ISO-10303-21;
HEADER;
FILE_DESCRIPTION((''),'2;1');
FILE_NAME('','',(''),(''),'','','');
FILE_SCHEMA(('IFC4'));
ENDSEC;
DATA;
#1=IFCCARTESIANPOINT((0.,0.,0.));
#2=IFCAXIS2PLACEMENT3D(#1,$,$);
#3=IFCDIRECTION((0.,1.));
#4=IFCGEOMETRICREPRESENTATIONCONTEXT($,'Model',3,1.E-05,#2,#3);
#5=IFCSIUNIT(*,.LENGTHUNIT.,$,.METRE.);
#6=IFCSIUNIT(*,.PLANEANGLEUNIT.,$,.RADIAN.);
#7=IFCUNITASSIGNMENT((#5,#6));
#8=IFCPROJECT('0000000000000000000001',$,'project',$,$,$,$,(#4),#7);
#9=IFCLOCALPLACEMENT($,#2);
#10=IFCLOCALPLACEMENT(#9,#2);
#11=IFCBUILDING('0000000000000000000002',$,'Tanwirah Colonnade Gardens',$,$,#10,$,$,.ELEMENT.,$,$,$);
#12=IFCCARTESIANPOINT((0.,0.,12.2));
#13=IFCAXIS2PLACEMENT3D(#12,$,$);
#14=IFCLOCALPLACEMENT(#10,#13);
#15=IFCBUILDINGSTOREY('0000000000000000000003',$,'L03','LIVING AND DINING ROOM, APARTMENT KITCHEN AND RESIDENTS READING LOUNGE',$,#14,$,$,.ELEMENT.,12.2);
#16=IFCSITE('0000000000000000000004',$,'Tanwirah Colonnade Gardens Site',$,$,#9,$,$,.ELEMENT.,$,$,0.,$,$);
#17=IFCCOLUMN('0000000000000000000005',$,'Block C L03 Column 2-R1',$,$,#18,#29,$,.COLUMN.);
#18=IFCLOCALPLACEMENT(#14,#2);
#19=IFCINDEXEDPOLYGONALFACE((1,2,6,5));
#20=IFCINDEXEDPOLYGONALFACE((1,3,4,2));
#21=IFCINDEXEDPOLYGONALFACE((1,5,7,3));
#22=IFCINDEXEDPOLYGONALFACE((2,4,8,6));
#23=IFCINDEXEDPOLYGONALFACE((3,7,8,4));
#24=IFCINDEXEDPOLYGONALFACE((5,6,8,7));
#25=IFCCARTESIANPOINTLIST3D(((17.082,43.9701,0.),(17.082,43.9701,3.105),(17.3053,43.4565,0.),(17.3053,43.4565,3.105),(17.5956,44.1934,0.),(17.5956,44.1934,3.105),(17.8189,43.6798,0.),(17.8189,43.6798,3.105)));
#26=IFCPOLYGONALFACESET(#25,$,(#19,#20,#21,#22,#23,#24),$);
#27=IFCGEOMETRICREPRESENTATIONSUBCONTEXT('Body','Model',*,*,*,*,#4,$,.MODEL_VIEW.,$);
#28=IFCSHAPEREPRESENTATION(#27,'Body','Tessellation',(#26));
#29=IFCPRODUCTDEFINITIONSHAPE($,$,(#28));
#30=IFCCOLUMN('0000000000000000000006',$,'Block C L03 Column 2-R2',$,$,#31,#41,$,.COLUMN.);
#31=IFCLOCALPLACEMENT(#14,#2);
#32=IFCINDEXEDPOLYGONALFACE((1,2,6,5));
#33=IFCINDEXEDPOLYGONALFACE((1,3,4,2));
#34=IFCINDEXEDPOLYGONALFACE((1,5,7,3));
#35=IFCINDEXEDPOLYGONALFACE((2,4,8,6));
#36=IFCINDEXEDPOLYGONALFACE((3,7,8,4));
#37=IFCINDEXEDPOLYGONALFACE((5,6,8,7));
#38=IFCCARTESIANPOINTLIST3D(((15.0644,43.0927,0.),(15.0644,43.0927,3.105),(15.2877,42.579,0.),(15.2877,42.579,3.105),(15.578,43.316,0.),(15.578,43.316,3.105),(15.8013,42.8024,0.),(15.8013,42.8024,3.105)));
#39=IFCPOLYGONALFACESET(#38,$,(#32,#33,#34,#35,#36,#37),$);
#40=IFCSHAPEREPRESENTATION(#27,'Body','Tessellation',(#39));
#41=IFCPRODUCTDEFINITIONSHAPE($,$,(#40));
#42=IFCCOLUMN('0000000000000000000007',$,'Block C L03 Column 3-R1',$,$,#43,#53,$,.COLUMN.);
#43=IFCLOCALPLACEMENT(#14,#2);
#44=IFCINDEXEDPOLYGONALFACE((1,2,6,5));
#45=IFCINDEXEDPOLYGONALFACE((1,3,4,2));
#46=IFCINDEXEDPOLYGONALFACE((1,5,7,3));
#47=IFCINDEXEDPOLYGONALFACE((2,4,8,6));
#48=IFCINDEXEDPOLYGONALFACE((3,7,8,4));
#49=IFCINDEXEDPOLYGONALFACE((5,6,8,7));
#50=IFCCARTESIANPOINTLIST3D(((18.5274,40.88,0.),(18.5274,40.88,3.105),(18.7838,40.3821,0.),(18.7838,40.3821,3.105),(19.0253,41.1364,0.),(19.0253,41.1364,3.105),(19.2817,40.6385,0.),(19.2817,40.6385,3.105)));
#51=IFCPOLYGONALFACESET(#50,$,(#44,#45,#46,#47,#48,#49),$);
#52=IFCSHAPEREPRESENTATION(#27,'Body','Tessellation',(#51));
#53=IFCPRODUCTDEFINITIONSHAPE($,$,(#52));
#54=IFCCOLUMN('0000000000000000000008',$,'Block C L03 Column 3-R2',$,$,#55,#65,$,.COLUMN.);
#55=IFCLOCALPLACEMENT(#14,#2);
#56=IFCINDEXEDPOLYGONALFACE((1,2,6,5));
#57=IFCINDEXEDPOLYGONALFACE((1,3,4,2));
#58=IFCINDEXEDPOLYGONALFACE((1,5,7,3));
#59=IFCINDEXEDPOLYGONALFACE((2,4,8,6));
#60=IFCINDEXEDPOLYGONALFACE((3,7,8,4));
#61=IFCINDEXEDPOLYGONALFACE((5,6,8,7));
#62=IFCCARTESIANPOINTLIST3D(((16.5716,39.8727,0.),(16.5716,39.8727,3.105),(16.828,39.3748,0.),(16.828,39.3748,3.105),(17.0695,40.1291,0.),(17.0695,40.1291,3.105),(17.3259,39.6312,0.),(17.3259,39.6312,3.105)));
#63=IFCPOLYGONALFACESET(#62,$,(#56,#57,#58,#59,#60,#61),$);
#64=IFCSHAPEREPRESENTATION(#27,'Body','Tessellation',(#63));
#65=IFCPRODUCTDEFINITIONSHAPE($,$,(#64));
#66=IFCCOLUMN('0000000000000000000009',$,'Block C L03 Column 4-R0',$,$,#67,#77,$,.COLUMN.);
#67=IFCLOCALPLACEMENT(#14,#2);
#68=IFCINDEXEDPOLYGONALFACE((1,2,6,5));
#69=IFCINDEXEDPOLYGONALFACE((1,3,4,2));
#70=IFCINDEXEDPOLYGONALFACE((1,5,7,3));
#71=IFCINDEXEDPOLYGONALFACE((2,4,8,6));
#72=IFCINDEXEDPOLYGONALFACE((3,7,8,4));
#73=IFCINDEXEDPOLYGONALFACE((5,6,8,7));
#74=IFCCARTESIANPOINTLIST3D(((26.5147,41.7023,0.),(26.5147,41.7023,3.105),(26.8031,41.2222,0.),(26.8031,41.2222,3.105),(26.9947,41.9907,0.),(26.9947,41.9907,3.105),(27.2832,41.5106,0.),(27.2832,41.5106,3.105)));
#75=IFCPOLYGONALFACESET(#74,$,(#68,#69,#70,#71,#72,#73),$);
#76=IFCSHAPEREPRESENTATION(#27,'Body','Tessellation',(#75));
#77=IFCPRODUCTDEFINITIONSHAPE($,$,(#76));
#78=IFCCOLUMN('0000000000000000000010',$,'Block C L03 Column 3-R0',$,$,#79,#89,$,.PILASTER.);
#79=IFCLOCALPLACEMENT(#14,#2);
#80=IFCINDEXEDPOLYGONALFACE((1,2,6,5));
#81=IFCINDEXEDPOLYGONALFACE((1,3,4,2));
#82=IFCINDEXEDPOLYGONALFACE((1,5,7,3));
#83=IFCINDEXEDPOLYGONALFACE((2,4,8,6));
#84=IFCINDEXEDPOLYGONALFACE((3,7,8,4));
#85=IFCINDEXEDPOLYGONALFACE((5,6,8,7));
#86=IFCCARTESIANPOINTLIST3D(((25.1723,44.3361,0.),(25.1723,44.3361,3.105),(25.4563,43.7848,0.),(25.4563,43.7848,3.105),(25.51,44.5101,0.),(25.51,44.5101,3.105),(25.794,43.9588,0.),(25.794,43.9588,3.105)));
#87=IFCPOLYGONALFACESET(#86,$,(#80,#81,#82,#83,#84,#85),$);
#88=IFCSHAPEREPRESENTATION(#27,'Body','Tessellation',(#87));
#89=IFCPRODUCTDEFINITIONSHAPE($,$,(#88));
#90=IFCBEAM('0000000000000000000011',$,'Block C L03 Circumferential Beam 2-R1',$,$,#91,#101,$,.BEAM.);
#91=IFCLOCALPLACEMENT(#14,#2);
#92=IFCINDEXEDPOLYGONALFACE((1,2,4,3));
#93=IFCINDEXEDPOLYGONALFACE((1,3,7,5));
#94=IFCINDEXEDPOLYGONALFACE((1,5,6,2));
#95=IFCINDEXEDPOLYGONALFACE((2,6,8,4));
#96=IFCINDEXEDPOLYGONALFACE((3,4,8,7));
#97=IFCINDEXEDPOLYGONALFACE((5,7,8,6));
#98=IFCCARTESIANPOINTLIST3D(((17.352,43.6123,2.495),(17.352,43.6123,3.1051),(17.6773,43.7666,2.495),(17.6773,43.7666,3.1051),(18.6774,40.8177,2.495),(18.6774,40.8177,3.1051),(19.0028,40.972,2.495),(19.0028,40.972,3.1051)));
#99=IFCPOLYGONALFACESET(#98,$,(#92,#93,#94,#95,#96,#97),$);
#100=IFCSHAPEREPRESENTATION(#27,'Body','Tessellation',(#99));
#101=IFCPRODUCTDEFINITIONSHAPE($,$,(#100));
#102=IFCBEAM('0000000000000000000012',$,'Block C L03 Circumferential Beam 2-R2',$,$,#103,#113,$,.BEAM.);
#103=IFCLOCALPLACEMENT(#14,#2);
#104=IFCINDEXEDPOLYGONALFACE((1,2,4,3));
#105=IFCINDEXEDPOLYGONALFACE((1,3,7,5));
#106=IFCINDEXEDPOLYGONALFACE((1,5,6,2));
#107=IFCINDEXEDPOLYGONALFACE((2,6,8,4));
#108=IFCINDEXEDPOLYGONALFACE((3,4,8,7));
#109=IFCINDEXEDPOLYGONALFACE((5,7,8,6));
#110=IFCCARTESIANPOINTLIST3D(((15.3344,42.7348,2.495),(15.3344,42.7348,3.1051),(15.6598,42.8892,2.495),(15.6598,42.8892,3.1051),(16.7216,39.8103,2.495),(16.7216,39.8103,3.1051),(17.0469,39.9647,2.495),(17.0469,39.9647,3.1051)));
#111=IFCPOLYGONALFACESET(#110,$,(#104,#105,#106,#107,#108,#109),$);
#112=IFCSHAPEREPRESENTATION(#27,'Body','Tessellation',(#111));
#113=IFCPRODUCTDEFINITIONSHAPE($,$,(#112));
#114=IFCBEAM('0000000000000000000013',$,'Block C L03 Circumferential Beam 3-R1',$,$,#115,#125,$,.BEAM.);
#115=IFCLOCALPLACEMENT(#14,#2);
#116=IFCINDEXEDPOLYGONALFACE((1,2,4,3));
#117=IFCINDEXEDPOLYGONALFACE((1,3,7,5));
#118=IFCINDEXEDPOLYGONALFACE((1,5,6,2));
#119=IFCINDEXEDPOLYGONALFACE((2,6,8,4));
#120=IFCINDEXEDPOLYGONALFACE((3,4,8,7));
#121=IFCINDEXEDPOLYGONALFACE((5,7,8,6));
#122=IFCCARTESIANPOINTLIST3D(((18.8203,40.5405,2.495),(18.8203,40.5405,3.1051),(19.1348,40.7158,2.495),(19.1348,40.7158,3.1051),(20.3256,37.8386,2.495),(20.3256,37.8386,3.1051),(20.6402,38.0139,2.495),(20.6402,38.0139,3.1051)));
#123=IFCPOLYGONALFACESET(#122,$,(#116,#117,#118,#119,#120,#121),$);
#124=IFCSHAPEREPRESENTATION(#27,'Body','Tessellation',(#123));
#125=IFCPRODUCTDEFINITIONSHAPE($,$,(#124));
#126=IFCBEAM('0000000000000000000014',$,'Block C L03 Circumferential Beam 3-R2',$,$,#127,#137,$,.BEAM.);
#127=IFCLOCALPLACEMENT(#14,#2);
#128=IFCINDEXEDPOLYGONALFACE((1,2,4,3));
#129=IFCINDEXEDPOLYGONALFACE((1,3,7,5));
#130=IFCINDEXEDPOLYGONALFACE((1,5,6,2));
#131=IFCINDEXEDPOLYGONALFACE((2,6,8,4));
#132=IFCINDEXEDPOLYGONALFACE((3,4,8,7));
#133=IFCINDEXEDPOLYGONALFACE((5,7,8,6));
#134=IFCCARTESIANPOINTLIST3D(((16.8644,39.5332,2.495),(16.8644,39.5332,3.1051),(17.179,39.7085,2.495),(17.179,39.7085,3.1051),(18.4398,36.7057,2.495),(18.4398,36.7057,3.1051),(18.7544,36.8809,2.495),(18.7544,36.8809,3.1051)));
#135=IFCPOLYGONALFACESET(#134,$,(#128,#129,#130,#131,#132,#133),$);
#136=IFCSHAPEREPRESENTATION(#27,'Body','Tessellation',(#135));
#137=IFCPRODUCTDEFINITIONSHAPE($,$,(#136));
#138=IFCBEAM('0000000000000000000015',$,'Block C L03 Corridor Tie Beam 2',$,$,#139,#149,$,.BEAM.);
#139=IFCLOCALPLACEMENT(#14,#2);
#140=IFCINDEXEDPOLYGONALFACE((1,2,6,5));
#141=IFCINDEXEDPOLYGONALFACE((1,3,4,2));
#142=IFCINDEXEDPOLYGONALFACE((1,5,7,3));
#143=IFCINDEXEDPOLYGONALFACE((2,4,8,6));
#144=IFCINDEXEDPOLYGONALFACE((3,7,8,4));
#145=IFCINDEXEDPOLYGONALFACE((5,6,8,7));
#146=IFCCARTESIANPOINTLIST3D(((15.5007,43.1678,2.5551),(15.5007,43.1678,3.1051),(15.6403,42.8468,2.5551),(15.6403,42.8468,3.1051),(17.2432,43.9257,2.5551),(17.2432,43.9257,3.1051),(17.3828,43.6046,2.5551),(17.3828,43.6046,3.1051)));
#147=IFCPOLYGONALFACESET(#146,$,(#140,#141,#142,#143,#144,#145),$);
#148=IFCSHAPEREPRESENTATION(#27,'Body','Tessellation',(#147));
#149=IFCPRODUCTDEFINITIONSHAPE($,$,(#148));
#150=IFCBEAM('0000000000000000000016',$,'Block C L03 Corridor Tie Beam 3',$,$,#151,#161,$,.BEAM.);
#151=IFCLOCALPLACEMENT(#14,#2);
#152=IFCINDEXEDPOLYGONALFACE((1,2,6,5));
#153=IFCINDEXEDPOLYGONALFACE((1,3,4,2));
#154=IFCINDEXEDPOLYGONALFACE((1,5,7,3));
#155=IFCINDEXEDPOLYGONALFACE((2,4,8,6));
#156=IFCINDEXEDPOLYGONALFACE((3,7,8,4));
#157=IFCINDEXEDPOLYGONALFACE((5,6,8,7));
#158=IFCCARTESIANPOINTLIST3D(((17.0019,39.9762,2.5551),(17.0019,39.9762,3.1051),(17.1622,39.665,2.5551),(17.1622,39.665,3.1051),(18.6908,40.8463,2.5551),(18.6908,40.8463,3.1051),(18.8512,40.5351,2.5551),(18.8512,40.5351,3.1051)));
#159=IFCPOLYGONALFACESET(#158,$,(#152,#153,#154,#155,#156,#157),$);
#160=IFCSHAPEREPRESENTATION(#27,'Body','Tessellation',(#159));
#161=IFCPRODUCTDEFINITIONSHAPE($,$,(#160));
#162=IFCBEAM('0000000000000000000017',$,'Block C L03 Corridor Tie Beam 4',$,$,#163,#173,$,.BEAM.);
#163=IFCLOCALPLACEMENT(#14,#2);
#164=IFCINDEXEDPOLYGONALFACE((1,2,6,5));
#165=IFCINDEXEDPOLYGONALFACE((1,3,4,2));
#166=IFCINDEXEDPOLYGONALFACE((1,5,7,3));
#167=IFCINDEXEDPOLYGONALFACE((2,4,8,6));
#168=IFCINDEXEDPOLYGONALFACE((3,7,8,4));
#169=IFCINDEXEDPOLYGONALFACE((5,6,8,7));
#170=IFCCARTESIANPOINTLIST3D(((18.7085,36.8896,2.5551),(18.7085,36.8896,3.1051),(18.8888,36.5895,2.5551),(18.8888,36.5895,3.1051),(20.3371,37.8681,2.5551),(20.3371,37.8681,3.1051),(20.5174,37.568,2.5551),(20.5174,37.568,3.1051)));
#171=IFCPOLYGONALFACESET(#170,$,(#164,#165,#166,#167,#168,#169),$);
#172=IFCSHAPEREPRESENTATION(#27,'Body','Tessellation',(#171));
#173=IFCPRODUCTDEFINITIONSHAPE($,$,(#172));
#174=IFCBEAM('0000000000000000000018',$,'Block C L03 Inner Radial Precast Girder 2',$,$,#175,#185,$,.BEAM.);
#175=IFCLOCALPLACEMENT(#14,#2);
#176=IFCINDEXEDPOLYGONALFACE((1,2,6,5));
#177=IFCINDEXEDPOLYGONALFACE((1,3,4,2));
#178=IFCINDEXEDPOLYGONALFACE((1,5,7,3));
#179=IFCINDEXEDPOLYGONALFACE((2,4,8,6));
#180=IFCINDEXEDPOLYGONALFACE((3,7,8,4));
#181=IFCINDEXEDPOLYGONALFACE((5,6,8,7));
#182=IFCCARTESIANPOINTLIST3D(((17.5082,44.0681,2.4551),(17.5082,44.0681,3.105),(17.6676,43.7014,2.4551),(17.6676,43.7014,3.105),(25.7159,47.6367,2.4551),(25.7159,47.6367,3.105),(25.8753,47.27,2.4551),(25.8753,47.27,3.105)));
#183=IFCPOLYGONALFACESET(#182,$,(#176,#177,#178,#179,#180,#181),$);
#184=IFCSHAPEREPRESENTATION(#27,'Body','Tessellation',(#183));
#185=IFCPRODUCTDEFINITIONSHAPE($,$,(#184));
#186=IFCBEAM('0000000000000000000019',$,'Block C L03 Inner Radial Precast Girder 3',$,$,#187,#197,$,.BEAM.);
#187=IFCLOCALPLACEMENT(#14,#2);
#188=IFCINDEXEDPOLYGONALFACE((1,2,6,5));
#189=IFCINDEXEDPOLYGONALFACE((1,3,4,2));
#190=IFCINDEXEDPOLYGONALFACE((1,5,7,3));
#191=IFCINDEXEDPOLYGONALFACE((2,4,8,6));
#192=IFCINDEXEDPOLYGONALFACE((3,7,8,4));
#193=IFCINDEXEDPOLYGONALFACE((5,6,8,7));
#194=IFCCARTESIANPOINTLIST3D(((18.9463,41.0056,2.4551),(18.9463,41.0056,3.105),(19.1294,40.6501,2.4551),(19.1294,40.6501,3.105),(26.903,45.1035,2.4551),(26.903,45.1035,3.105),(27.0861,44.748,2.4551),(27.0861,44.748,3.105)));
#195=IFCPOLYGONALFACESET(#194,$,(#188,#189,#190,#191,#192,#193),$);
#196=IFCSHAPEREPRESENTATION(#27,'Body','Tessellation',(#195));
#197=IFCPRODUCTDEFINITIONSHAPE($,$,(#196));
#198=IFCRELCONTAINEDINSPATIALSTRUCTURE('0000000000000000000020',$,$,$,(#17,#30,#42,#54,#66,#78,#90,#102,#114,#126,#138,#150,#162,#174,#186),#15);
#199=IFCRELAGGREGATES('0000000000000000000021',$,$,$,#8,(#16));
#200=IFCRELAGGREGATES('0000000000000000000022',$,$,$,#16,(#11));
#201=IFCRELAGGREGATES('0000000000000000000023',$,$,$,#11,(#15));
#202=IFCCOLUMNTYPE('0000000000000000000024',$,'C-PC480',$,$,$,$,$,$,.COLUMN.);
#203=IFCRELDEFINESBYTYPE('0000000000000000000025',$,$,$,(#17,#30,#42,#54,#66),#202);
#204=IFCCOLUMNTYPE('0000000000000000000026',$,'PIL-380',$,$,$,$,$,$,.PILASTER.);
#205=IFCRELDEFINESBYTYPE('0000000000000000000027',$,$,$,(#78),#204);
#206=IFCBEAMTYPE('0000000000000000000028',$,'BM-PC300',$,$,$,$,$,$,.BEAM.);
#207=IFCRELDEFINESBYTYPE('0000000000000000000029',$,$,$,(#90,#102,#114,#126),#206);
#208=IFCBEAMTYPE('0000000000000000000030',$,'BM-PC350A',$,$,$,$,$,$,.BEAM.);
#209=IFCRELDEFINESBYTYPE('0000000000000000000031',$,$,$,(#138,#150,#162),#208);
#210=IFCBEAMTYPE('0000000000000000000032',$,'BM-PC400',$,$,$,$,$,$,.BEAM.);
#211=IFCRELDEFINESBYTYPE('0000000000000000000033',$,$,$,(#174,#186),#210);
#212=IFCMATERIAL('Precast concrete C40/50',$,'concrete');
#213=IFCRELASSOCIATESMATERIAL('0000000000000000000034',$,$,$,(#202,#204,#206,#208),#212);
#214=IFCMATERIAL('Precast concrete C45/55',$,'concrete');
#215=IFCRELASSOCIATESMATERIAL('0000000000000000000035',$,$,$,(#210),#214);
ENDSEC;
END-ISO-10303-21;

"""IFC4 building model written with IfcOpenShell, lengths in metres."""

from ifc_helpers import new_model, si_unit, direction, frame, origin, origin_2d, place, context, subcontext, project, spatial, rectangle, extrude, material, material_profile, profile_set, type_object, element, save


model = new_model("IFC4")

# Units and contexts
model_context = context("Model", 3, precision=1e-05, world=origin(), true_north=direction((0.0, 1.0)))
body_context = subcontext(model_context, "Body", "Model", "MODEL_VIEW")
ifc_project = project(units=[si_unit("LENGTHUNIT", "METRE"), si_unit("PLANEANGLEUNIT", "RADIAN")], contexts=[model_context])

# Site, building, storey
site_placement = place(None, origin())
site = spatial("IfcSite", under=ifc_project, at=site_placement, Name="Tanwirah Colonnade Gardens Site", CompositionType="ELEMENT", RefElevation=0.0)
building_placement = place(site_placement, origin())
building = spatial("IfcBuilding", under=site, at=building_placement, Name="Tanwirah Colonnade Gardens", CompositionType="ELEMENT")
storey_placement = place(building_placement, frame((0.0, 0.0, 12.2)))
storey = spatial("IfcBuildingStorey", under=building, at=storey_placement, Name="L03", Description="LIVING AND DINING ROOM, APARTMENT KITCHEN AND RESIDENTS READING LOUNGE", CompositionType="ELEMENT", Elevation=12.2)

# Columns
ifc_material_1 = material(Name="Precast concrete C40/50", Category="concrete")
ifc_material_profile_1 = material_profile(ifc_material_1, rectangle(XDim=0.5601, YDim=0.5601, at=origin_2d()), Name="PC-COL 560x560")
ifc_profile_set_1 = profile_set([ifc_material_profile_1], Name="Precast concrete C40/50")
column_type_1 = type_object("IfcColumnType", Name="C-PC480", PredefinedType="COLUMN", material=ifc_profile_set_1)
for number, where, z_axis, x_axis, name in (
    (1, (17.4504, 43.825, 0.0), (0.0, 0.0, 1.0), (-0.91706, -0.398749, 0.0), "Block C L03 Column 2-R1"),
    (2, (15.4329, 42.9475, 0.0), (0.0, 0.0, 1.0), (-0.91706, -0.398749, 0.0), "Block C L03 Column 2-R2"),
    (3, (18.9045, 40.7593, 0.0), (0.0, 0.0, 1.0), (-0.889017, -0.457874, 0.0), "Block C L03 Column 3-R1"),
    (4, (16.9487, 39.752, 0.0), (0.0, 0.0, 1.0), (-0.889017, -0.457874, 0.0), "Block C L03 Column 3-R2"),
    (5, (26.8989, 41.6064, 0.0), (0.0, 0.0, 1.0), (-0.857167, -0.515038, 0.0), "Block C L03 Column 4-R0"),
):
    element("IfcColumn", number, at=place(storey_placement, frame(where, z_axis=z_axis, x_axis=x_axis)), inside=storey, type_object=column_type_1, Name=name, PredefinedType="COLUMN", context=body_context, shape_type="SweptSolid", body=[
        extrude(rectangle(XDim=0.5601, YDim=0.5601, at=origin_2d()), origin(), (0.0, 0.0, 1.0), 3.105),
    ])
ifc_material_profile_2 = material_profile(ifc_material_1, rectangle(XDim=0.3799, YDim=0.6201, at=origin_2d()), Name="PC-PIL 380x620")
ifc_profile_set_2 = profile_set([ifc_material_profile_2], Name="Precast concrete C40/50")
column_type_2 = type_object("IfcColumnType", Name="PIL-380", PredefinedType="PILASTER", material=ifc_profile_set_2)
column_placement = place(storey_placement, frame((25.4832, 44.1475, 0.0), z_axis=(0.0, 0.0, 1.0), x_axis=(-0.889017, -0.457874, 0.0)))
element("IfcColumn", 6, at=column_placement, inside=storey, type_object=column_type_2, Name="Block C L03 Column 3-R0", PredefinedType="PILASTER", context=body_context, shape_type="SweptSolid", body=[
    extrude(rectangle(XDim=0.3799, YDim=0.6201, at=origin_2d()), origin(), (0.0, 0.0, 1.0), 3.105),
])

# Beams
ifc_material_profile_3 = material_profile(ifc_material_1, rectangle(XDim=0.3601, YDim=0.6101, at=origin_2d()), Name="PC-BM 360x610")
ifc_profile_set_3 = profile_set([ifc_material_profile_3], Name="Precast concrete C40/50")
beam_type_1 = type_object("IfcBeamType", Name="BM-PC300", PredefinedType="BEAM", material=ifc_profile_set_3)
beam_1_placement = place(storey_placement, frame((17.5146, 43.6895, 2.8), z_axis=(0.428521, -0.903532, 0.0), x_axis=(0.903532, 0.428521, 0.0)))
element("IfcBeam", 7, at=beam_1_placement, inside=storey, type_object=beam_type_1, Name="Block C L03 Circumferential Beam 2-R1", PredefinedType="BEAM", context=body_context, shape_type="SweptSolid", body=[
    extrude(rectangle(XDim=0.3601, YDim=0.6101, at=origin_2d()), origin(), (0.0, 0.0, 1.0), 3.093),
])
beam_2_placement = place(storey_placement, frame((15.4971, 42.812, 2.8), z_axis=(0.428563, -0.903512, 0.0), x_axis=(0.903512, 0.428563, 0.0)))
element("IfcBeam", 8, at=beam_2_placement, inside=storey, type_object=beam_type_1, Name="Block C L03 Circumferential Beam 2-R2", PredefinedType="BEAM", context=body_context, shape_type="SweptSolid", body=[
    extrude(rectangle(XDim=0.3601, YDim=0.6101, at=origin_2d()), origin(), (0.0, 0.0, 1.0), 3.2368),
])
beam_3_placement = place(storey_placement, frame((18.9775, 40.6282, 2.8), z_axis=(0.486708, -0.873565, 0.0), x_axis=(0.873565, 0.486708, 0.0)))
element("IfcBeam", 9, at=beam_3_placement, inside=storey, type_object=beam_type_1, Name="Block C L03 Circumferential Beam 3-R1", PredefinedType="BEAM", context=body_context, shape_type="SweptSolid", body=[
    extrude(rectangle(XDim=0.3601, YDim=0.6101, at=origin_2d()), origin(), (0.0, 0.0, 1.0), 3.093),
])
beam_4_placement = place(storey_placement, frame((17.0217, 39.6208, 2.8), z_axis=(0.486712, -0.873562, 0.0), x_axis=(0.873562, 0.486712, 0.0)))
element("IfcBeam", 10, at=beam_4_placement, inside=storey, type_object=beam_type_1, Name="Block C L03 Circumferential Beam 3-R2", PredefinedType="BEAM", context=body_context, shape_type="SweptSolid", body=[
    extrude(rectangle(XDim=0.3601, YDim=0.6101, at=origin_2d()), origin(), (0.0, 0.0, 1.0), 3.2368),
])
ifc_material_profile_4 = material_profile(ifc_material_1, rectangle(XDim=0.3501, YDim=0.55, at=origin_2d()), Name="PC-BM 350x550")
ifc_profile_set_4 = profile_set([ifc_material_profile_4], Name="Precast concrete C40/50")
beam_type_2 = type_object("IfcBeamType", Name="BM-PC350A", PredefinedType="BEAM", material=ifc_profile_set_4)
beam_5_placement = place(storey_placement, frame((17.313, 43.7651, 2.8301), z_axis=(-0.917025, -0.398829, 0.0), x_axis=(0.398829, -0.917025, 0.0)))
element("IfcBeam", 11, at=beam_5_placement, inside=storey, type_object=beam_type_2, Name="Block C L03 Corridor Tie Beam 2", PredefinedType="BEAM", context=body_context, shape_type="SweptSolid", body=[
    extrude(rectangle(XDim=0.3501, YDim=0.55, at=origin_2d()), origin(), (0.0, 0.0, 1.0), 1.9001),
])
for number, where, z_axis, x_axis, name in (
    (12, (18.771, 40.6907, 2.8301), (-0.888965, -0.457975, 0.0), (0.457975, -0.888965, 0.0), "Block C L03 Corridor Tie Beam 3"),
    (13, (20.4272, 37.718, 2.8301), (-0.857187, -0.515006, 0.0), (0.515006, -0.857187, 0.0), "Block C L03 Corridor Tie Beam 4"),
):
    element("IfcBeam", number, at=place(storey_placement, frame(where, z_axis=z_axis, x_axis=x_axis)), inside=storey, type_object=beam_type_2, Name=name, PredefinedType="BEAM", context=body_context, shape_type="SweptSolid", body=[
        extrude(rectangle(XDim=0.3501, YDim=0.55, at=origin_2d()), origin(), (0.0, 0.0, 1.0), 1.8999),
    ])
ifc_material_2 = material(Name="Precast concrete C45/55", Category="concrete")
ifc_material_profile_5 = material_profile(ifc_material_2, rectangle(XDim=0.3999, YDim=0.6499, at=origin_2d()), Name="PC-BM 400x650")
ifc_profile_set_5 = profile_set([ifc_material_profile_5], Name="Precast concrete C45/55")
beam_type_3 = type_object("IfcBeamType", Name="BM-PC400", PredefinedType="BEAM", material=ifc_profile_set_5)
for number, where, z_axis, x_axis, name in (
    (14, (17.5879, 43.8848, 2.78), (0.91707, 0.398727, 0.0), (-0.398727, 0.91707, 0.0), "Block C L03 Inner Radial Precast Girder 2"),
    (15, (19.0378, 40.8279, 2.78), (0.889022, 0.457864, 0.0), (-0.457864, 0.889022, 0.0), "Block C L03 Inner Radial Precast Girder 3"),
):
    element("IfcBeam", number, at=place(storey_placement, frame(where, z_axis=z_axis, x_axis=x_axis)), inside=storey, type_object=beam_type_3, Name=name, PredefinedType="BEAM", context=body_context, shape_type="SweptSolid", body=[
        extrude(rectangle(XDim=0.3999, YDim=0.6499, at=origin_2d()), origin(), (0.0, 0.0, 1.0), 8.95),
    ])

save(model, "model.ifc")
